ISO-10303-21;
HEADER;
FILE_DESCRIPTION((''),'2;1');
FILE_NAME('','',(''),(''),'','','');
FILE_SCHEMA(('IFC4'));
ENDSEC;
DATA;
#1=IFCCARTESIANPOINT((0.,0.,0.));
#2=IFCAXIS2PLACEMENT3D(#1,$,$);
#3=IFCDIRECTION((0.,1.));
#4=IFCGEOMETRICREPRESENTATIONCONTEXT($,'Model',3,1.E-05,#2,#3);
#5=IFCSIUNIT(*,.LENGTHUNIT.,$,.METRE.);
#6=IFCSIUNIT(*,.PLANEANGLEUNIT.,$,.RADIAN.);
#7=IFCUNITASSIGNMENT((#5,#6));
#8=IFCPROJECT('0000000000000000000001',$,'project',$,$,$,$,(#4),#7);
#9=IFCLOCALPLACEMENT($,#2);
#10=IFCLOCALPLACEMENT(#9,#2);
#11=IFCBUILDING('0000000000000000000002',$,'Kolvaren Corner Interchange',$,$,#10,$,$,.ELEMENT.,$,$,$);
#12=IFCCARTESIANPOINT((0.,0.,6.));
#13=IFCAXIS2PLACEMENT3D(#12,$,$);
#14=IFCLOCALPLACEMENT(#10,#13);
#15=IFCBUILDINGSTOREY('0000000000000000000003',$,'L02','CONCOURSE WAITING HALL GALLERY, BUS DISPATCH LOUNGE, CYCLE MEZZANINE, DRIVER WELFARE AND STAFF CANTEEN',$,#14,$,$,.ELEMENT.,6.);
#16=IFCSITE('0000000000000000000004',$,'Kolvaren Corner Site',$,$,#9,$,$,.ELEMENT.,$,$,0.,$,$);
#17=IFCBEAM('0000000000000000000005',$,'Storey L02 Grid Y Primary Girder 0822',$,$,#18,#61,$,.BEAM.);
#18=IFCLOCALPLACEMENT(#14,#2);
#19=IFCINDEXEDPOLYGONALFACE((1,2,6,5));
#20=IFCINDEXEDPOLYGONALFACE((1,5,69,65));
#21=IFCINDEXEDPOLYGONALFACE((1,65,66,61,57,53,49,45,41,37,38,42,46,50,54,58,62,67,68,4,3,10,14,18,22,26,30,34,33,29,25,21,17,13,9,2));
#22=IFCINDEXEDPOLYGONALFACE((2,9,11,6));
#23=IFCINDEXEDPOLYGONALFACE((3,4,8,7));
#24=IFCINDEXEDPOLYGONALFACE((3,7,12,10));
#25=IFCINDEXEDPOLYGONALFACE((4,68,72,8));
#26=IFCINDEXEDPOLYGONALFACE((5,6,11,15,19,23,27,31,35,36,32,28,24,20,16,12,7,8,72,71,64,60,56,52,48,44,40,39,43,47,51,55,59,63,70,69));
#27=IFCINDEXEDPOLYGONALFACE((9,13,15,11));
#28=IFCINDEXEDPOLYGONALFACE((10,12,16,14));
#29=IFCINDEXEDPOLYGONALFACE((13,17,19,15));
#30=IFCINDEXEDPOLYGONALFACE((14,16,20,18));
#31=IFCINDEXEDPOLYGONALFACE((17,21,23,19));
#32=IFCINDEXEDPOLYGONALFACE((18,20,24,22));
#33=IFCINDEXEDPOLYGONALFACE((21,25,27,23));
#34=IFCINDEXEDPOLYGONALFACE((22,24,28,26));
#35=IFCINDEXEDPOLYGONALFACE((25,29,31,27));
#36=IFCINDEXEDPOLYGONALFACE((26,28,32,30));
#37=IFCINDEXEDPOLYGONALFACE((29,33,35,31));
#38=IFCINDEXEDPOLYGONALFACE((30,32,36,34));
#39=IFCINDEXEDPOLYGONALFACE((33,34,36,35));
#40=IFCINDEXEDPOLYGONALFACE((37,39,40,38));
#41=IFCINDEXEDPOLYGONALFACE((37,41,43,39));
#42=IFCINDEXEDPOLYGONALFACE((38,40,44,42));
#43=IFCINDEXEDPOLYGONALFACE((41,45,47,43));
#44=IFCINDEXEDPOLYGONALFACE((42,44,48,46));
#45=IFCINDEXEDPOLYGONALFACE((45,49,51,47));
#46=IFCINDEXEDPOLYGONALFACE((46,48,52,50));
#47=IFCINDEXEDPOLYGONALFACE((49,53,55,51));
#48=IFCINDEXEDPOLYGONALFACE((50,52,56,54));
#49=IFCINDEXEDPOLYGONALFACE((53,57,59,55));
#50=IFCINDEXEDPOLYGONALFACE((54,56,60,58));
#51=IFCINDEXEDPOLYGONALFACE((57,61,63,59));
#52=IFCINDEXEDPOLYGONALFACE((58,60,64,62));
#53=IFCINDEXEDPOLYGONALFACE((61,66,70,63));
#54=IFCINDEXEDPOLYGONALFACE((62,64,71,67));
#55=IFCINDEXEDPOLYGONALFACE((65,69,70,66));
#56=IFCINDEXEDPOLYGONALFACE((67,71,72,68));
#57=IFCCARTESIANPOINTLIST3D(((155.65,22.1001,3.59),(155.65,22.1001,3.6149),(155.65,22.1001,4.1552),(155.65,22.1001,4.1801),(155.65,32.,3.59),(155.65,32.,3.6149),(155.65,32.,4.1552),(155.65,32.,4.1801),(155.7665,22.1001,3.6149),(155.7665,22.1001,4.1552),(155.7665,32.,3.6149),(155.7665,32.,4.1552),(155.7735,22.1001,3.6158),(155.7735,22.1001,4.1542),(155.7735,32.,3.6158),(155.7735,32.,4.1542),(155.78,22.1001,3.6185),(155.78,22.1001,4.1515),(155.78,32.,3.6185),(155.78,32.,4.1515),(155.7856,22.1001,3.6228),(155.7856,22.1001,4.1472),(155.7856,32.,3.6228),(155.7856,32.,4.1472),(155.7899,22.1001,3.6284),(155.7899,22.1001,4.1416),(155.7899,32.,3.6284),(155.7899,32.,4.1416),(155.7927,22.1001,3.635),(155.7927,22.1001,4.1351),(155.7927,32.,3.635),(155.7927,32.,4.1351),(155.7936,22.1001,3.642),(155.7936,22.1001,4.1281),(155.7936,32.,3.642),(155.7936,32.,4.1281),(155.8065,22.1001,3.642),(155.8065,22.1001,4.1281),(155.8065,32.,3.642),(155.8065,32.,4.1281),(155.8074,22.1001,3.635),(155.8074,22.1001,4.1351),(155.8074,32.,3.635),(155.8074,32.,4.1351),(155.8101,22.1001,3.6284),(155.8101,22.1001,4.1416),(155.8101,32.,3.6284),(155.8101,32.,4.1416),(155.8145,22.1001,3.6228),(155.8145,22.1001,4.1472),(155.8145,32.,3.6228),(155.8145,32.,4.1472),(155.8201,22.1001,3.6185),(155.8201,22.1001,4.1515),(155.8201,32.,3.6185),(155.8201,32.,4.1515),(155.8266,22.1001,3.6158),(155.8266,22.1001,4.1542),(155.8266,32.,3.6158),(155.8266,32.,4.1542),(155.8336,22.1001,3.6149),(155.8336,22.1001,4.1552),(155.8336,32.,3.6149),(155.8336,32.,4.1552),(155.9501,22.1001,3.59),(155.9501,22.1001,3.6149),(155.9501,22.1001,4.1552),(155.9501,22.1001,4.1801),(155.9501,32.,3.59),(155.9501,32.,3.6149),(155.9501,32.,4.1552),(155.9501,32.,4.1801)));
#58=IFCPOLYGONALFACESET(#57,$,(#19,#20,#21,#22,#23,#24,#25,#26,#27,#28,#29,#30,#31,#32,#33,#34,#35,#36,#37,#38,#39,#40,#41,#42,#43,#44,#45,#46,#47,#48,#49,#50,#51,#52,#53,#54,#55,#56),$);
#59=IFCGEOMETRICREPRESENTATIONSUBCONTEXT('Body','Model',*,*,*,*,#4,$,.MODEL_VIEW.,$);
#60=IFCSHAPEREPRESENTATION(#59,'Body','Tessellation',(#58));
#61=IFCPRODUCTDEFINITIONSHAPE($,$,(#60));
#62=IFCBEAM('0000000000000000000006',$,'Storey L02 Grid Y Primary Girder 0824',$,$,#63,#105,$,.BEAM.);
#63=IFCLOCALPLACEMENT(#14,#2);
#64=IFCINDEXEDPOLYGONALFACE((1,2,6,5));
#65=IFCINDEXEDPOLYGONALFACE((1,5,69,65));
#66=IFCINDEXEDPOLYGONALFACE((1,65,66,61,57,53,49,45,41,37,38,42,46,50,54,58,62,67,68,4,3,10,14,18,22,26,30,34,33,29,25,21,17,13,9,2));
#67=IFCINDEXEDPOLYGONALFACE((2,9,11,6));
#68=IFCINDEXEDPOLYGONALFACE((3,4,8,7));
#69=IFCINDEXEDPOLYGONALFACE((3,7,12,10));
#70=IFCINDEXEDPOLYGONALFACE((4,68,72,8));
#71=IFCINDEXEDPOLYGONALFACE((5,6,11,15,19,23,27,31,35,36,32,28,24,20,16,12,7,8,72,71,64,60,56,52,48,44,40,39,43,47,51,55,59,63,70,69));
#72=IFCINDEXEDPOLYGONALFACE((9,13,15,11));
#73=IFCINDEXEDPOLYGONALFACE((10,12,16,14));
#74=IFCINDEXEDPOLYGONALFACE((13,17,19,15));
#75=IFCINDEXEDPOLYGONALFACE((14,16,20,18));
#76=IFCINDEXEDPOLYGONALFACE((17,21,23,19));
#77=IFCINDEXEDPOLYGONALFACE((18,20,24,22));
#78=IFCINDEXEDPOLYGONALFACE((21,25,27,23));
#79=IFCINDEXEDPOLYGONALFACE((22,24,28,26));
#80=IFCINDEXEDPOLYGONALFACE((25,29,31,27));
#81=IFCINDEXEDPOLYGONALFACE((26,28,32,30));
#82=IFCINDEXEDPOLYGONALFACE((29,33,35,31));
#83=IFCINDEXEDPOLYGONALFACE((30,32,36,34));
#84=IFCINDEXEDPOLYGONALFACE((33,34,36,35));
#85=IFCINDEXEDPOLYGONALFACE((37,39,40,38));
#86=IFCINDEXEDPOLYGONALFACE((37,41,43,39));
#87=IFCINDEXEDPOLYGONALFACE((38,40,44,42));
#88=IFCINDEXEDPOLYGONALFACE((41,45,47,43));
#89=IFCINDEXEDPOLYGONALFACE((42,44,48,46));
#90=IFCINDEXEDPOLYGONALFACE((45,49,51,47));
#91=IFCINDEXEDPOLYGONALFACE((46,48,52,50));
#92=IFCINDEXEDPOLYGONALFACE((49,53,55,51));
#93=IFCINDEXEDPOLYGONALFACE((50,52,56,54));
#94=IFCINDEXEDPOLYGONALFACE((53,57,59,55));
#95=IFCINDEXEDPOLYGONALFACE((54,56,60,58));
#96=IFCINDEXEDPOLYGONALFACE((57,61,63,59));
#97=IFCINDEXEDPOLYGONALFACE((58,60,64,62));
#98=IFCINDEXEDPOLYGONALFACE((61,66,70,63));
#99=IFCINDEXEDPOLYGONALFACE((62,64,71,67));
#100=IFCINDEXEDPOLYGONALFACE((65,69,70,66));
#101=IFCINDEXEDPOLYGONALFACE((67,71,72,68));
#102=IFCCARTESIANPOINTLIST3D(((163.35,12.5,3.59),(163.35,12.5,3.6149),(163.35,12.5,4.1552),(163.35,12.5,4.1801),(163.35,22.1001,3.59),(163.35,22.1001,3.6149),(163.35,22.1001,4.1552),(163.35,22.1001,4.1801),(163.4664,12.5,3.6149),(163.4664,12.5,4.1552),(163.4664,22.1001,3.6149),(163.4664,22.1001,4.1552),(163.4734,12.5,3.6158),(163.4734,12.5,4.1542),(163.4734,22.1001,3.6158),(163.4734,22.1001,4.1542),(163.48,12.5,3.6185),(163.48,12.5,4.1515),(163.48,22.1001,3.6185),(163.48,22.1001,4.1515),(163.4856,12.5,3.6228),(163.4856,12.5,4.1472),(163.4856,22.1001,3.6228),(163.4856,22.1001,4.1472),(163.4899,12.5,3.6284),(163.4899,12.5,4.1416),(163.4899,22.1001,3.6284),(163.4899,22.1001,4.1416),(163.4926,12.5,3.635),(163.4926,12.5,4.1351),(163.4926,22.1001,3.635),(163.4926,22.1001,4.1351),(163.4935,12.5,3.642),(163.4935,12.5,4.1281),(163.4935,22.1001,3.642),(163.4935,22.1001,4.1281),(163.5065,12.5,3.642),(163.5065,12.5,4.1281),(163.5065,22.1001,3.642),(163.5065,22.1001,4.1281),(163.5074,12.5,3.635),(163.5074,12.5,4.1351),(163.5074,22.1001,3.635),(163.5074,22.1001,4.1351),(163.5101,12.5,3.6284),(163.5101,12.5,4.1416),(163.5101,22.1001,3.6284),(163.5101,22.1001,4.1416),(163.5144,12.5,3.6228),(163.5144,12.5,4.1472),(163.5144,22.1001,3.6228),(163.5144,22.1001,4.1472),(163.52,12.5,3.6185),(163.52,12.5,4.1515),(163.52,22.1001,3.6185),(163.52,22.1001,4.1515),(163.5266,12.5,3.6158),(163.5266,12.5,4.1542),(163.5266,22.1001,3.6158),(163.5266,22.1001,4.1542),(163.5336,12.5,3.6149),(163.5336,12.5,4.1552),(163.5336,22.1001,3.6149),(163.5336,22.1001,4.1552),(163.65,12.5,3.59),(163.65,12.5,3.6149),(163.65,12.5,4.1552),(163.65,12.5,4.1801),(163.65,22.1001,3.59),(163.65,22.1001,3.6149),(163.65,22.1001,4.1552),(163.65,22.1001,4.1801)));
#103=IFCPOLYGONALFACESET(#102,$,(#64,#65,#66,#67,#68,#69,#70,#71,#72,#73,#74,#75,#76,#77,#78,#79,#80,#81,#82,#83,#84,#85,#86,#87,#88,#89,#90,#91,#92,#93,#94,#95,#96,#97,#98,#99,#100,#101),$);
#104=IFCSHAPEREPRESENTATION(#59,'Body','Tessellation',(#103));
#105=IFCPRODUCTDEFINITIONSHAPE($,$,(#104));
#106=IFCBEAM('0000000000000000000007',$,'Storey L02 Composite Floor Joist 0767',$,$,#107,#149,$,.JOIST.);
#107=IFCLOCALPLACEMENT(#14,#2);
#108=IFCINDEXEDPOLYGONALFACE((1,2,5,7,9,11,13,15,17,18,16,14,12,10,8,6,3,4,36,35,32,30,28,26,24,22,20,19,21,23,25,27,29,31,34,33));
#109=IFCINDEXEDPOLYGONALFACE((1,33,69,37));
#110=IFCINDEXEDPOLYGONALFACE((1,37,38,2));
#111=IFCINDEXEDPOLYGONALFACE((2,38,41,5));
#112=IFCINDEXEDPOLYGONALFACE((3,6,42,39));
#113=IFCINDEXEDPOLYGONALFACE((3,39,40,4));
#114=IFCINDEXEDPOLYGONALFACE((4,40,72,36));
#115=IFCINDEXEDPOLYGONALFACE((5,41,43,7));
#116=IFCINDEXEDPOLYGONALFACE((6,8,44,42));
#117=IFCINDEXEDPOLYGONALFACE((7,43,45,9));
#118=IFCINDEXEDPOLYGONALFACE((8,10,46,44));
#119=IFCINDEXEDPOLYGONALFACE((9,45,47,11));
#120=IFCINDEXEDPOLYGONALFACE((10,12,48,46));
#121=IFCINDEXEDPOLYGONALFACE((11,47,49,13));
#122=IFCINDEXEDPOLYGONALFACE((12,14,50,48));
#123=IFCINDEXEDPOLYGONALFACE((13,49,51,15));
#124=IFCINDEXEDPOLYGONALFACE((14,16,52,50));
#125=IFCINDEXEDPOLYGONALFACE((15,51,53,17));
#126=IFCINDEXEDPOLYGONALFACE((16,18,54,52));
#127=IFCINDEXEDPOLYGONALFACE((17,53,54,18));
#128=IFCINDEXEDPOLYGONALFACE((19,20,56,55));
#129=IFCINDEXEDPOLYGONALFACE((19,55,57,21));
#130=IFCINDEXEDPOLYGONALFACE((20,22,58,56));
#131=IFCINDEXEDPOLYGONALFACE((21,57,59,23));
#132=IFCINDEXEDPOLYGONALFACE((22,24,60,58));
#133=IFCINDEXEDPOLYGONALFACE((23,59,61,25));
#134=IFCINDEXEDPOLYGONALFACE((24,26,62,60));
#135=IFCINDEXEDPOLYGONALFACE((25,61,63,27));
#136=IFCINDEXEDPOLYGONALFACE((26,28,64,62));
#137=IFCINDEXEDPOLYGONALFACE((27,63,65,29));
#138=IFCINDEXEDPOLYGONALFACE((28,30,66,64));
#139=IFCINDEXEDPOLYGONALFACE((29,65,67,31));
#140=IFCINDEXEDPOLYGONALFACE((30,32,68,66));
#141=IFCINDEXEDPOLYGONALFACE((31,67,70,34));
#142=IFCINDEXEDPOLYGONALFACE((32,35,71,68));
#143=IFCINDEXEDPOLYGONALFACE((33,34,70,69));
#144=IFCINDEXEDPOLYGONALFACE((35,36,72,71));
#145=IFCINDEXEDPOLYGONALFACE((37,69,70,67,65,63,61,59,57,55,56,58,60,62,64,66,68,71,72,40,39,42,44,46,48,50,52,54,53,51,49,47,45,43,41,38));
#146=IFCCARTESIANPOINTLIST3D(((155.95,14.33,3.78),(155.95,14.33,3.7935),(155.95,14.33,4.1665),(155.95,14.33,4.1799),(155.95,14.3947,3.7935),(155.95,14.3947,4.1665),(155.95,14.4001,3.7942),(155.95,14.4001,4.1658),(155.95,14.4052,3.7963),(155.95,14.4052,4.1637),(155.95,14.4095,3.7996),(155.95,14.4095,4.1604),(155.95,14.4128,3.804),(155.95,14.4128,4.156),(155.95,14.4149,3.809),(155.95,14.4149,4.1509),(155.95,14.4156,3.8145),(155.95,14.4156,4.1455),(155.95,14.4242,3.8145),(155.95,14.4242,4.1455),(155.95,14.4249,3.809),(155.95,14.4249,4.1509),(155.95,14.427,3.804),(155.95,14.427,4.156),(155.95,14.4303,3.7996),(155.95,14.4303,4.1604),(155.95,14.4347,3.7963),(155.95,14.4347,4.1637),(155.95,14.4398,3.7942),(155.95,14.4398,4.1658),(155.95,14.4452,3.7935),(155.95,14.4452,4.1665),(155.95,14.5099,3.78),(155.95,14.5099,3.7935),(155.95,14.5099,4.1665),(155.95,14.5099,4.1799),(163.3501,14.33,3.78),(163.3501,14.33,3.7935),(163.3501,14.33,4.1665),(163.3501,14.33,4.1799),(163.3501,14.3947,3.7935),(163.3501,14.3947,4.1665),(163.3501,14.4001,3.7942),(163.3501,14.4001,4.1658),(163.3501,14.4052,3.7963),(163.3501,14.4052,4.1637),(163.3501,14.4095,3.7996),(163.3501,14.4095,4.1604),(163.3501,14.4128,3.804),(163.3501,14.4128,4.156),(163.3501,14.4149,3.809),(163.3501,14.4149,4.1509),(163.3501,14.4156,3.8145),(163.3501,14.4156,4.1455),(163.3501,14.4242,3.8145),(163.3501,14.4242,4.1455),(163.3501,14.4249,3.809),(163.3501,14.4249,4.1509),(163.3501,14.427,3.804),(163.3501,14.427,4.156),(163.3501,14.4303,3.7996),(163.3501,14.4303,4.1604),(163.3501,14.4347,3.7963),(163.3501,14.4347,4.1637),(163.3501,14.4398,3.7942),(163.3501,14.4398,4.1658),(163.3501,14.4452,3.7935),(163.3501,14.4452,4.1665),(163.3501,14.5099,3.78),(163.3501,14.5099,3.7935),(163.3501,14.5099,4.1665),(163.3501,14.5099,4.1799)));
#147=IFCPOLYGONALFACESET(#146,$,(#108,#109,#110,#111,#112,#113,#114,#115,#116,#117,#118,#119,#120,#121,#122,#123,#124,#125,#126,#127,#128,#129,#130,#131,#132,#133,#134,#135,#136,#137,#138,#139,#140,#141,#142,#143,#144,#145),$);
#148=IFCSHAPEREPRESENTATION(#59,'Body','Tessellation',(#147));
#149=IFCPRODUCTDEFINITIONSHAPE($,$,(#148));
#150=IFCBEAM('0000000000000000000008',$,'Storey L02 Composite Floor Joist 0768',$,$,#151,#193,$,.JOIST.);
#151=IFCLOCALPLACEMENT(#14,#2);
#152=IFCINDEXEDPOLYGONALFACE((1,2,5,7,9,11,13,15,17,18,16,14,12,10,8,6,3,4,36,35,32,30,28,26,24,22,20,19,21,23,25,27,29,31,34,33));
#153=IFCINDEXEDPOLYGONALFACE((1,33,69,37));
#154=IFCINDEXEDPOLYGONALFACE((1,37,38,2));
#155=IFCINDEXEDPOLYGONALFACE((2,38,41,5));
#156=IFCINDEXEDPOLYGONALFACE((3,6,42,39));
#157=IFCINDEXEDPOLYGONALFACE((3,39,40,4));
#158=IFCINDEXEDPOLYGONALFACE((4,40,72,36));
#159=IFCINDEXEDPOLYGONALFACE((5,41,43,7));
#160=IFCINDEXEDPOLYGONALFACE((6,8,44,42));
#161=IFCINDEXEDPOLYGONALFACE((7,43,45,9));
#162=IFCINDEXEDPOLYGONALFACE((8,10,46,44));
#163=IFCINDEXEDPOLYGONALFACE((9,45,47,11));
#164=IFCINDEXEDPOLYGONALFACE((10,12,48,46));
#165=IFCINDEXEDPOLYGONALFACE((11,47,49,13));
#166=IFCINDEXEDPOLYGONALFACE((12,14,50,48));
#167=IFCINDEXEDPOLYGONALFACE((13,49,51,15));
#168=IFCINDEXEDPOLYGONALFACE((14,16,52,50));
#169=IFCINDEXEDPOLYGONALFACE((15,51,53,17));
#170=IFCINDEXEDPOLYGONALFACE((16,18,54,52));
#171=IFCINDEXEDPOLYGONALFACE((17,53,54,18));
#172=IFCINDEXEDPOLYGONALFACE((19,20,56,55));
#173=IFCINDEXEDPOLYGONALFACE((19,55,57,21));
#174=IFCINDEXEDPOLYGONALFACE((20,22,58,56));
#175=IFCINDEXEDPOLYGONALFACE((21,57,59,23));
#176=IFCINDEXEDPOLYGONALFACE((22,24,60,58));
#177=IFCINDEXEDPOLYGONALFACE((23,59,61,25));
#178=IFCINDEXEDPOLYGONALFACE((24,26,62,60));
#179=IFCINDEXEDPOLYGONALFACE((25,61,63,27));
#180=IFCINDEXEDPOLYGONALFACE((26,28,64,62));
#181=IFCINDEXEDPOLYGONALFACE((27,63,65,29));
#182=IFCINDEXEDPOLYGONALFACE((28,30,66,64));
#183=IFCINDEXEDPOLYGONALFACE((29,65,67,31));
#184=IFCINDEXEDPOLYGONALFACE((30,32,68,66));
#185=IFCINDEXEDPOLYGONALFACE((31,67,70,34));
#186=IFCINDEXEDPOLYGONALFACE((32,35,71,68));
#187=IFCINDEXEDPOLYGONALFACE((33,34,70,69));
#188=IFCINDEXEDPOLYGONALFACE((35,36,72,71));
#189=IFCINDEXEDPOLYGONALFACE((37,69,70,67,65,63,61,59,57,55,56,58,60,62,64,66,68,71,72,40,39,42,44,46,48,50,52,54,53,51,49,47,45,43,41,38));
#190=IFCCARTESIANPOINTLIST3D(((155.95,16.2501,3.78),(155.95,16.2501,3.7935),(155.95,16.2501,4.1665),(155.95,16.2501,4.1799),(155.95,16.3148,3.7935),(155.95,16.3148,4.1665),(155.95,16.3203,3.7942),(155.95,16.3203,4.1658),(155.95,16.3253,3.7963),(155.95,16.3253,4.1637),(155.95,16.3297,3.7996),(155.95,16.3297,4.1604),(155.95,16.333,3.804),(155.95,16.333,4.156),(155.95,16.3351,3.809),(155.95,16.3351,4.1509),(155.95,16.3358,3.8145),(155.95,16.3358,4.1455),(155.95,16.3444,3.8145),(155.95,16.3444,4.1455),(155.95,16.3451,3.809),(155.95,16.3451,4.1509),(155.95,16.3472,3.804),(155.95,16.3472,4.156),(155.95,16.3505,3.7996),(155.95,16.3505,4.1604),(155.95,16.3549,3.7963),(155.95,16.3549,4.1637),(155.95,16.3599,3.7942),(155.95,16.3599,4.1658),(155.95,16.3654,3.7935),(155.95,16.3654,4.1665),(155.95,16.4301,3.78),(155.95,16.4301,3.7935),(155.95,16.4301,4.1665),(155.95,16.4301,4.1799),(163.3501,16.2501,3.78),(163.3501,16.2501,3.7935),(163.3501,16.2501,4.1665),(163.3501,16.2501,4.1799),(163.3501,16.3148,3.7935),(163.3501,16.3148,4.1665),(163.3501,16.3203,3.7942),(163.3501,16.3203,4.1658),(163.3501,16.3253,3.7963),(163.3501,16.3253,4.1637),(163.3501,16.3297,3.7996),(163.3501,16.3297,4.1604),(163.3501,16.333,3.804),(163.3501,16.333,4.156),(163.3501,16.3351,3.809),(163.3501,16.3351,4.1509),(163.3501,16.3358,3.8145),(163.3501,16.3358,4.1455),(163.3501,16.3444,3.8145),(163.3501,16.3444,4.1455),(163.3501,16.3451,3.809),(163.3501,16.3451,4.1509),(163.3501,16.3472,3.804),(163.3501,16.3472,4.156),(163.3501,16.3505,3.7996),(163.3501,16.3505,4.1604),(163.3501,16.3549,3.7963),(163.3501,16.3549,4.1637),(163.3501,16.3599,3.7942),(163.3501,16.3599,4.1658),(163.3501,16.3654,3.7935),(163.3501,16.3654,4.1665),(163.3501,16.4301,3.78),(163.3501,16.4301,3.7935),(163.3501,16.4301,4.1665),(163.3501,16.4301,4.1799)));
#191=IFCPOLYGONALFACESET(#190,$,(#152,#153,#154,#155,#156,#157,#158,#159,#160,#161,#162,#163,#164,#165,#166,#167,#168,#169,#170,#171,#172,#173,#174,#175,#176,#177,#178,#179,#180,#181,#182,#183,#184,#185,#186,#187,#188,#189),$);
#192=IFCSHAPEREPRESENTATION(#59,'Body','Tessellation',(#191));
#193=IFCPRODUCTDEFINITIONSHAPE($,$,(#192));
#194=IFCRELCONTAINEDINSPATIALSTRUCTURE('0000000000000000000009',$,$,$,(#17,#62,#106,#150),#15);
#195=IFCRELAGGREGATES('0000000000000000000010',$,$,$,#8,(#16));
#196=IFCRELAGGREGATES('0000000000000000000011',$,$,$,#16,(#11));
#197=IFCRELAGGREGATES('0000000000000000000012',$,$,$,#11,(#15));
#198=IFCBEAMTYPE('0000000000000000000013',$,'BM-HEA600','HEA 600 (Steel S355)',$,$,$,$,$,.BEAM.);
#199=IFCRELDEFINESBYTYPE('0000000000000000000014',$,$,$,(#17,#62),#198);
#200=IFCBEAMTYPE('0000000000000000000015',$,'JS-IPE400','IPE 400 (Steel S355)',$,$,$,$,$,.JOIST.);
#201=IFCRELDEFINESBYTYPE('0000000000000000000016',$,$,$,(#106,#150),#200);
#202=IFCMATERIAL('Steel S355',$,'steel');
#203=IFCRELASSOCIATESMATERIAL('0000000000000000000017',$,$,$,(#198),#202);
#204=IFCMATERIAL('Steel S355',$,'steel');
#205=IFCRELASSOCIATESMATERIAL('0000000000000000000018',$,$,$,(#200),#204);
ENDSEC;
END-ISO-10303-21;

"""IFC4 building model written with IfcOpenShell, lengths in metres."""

from ifc_helpers import new_model, si_unit, direction, frame, origin, origin_2d, place, context, subcontext, project, spatial, i_section, extrude, material, material_profile, profile_set, type_object, element, save


model = new_model("IFC4")

# Units and contexts
model_context = context("Model", 3, precision=1e-05, world=origin(), true_north=direction((0.0, 1.0)))
body_context = subcontext(model_context, "Body", "Model", "MODEL_VIEW")
ifc_project = project(units=[si_unit("LENGTHUNIT", "METRE"), si_unit("PLANEANGLEUNIT", "RADIAN")], contexts=[model_context])

# Site, building, storey
site_placement = place(None, origin())
site = spatial("IfcSite", under=ifc_project, at=site_placement, Name="Kolvaren Corner Site", CompositionType="ELEMENT", RefElevation=0.0)
building_placement = place(site_placement, origin())
building = spatial("IfcBuilding", under=site, at=building_placement, Name="Kolvaren Corner Interchange", CompositionType="ELEMENT")
storey_placement = place(building_placement, frame((0.0, 0.0, 6.0)))
storey = spatial("IfcBuildingStorey", under=building, at=storey_placement, Name="L02", Description="CONCOURSE WAITING HALL GALLERY, BUS DISPATCH LOUNGE, CYCLE MEZZANINE, DRIVER WELFARE AND STAFF CANTEEN", CompositionType="ELEMENT", Elevation=6.0)

# Beams
ifc_material_1 = material(Name="Steel S355", Category="steel")
ifc_material_profile_1 = material_profile(ifc_material_1, i_section(OverallWidth=0.3, OverallDepth=0.5901, WebThickness=0.0129, FlangeThickness=0.0249, FilletRadius=0.0271, at=origin_2d()), Name="HEA 600")
ifc_profile_set_1 = profile_set([ifc_material_profile_1], Name="Steel S355")
beam_type_1 = type_object("IfcBeamType", Name="BM-HEA600", Description="HEA 600 (Steel S355)", PredefinedType="BEAM", material=ifc_profile_set_1)
beam_1_placement = place(storey_placement, frame((155.8, 22.1001, 3.885), z_axis=(0.0, 1.0, 0.0), x_axis=(-1.0, 0.0, 0.0)))
element("IfcBeam", 1, at=beam_1_placement, inside=storey, type_object=beam_type_1, Name="Storey L02 Grid Y Primary Girder 0822", PredefinedType="BEAM", context=body_context, shape_type="SweptSolid", body=[
    extrude(i_section(OverallWidth=0.3, OverallDepth=0.5901, WebThickness=0.0129, FlangeThickness=0.0249, FilletRadius=0.0271, at=origin_2d()), origin(), (0.0, 0.0, 1.0), 9.8999),
])
beam_2_placement = place(storey_placement, frame((163.5, 12.5, 3.885), z_axis=(0.0, 1.0, 0.0), x_axis=(-1.0, 0.0, 0.0)))
element("IfcBeam", 2, at=beam_2_placement, inside=storey, type_object=beam_type_1, Name="Storey L02 Grid Y Primary Girder 0824", PredefinedType="BEAM", context=body_context, shape_type="SweptSolid", body=[
    extrude(i_section(OverallWidth=0.3, OverallDepth=0.5901, WebThickness=0.0129, FlangeThickness=0.0249, FilletRadius=0.0271, at=origin_2d()), origin(), (0.0, 0.0, 1.0), 9.6001),
])
ifc_material_2 = material(Name="Steel S355", Category="steel")
ifc_material_profile_2 = material_profile(ifc_material_2, i_section(OverallWidth=0.1799, OverallDepth=0.3999, WebThickness=0.0085, FlangeThickness=0.0134, FilletRadius=0.021, at=origin_2d()), Name="IPE 400")
ifc_profile_set_2 = profile_set([ifc_material_profile_2], Name="Steel S355")
beam_type_2 = type_object("IfcBeamType", Name="JS-IPE400", Description="IPE 400 (Steel S355)", PredefinedType="JOIST", material=ifc_profile_set_2)
for number, where, z_axis, x_axis, name in (
    (3, (155.95, 14.4199, 3.98), (1.0, 0.0, 0.0), (0.0, 1.0, 0.0), "Storey L02 Composite Floor Joist 0767"),
    (4, (155.95, 16.3401, 3.98), (1.0, 0.0, 0.0), (0.0, 1.0, 0.0), "Storey L02 Composite Floor Joist 0768"),
):
    element("IfcBeam", number, at=place(storey_placement, frame(where, z_axis=z_axis, x_axis=x_axis)), inside=storey, type_object=beam_type_2, Name=name, PredefinedType="JOIST", context=body_context, shape_type="SweptSolid", body=[
        extrude(i_section(OverallWidth=0.1799, OverallDepth=0.3999, WebThickness=0.0085, FlangeThickness=0.0134, FilletRadius=0.021, at=origin_2d()), origin(), (0.0, 0.0, 1.0), 7.4001),
    ])

save(model, "model.ifc")
